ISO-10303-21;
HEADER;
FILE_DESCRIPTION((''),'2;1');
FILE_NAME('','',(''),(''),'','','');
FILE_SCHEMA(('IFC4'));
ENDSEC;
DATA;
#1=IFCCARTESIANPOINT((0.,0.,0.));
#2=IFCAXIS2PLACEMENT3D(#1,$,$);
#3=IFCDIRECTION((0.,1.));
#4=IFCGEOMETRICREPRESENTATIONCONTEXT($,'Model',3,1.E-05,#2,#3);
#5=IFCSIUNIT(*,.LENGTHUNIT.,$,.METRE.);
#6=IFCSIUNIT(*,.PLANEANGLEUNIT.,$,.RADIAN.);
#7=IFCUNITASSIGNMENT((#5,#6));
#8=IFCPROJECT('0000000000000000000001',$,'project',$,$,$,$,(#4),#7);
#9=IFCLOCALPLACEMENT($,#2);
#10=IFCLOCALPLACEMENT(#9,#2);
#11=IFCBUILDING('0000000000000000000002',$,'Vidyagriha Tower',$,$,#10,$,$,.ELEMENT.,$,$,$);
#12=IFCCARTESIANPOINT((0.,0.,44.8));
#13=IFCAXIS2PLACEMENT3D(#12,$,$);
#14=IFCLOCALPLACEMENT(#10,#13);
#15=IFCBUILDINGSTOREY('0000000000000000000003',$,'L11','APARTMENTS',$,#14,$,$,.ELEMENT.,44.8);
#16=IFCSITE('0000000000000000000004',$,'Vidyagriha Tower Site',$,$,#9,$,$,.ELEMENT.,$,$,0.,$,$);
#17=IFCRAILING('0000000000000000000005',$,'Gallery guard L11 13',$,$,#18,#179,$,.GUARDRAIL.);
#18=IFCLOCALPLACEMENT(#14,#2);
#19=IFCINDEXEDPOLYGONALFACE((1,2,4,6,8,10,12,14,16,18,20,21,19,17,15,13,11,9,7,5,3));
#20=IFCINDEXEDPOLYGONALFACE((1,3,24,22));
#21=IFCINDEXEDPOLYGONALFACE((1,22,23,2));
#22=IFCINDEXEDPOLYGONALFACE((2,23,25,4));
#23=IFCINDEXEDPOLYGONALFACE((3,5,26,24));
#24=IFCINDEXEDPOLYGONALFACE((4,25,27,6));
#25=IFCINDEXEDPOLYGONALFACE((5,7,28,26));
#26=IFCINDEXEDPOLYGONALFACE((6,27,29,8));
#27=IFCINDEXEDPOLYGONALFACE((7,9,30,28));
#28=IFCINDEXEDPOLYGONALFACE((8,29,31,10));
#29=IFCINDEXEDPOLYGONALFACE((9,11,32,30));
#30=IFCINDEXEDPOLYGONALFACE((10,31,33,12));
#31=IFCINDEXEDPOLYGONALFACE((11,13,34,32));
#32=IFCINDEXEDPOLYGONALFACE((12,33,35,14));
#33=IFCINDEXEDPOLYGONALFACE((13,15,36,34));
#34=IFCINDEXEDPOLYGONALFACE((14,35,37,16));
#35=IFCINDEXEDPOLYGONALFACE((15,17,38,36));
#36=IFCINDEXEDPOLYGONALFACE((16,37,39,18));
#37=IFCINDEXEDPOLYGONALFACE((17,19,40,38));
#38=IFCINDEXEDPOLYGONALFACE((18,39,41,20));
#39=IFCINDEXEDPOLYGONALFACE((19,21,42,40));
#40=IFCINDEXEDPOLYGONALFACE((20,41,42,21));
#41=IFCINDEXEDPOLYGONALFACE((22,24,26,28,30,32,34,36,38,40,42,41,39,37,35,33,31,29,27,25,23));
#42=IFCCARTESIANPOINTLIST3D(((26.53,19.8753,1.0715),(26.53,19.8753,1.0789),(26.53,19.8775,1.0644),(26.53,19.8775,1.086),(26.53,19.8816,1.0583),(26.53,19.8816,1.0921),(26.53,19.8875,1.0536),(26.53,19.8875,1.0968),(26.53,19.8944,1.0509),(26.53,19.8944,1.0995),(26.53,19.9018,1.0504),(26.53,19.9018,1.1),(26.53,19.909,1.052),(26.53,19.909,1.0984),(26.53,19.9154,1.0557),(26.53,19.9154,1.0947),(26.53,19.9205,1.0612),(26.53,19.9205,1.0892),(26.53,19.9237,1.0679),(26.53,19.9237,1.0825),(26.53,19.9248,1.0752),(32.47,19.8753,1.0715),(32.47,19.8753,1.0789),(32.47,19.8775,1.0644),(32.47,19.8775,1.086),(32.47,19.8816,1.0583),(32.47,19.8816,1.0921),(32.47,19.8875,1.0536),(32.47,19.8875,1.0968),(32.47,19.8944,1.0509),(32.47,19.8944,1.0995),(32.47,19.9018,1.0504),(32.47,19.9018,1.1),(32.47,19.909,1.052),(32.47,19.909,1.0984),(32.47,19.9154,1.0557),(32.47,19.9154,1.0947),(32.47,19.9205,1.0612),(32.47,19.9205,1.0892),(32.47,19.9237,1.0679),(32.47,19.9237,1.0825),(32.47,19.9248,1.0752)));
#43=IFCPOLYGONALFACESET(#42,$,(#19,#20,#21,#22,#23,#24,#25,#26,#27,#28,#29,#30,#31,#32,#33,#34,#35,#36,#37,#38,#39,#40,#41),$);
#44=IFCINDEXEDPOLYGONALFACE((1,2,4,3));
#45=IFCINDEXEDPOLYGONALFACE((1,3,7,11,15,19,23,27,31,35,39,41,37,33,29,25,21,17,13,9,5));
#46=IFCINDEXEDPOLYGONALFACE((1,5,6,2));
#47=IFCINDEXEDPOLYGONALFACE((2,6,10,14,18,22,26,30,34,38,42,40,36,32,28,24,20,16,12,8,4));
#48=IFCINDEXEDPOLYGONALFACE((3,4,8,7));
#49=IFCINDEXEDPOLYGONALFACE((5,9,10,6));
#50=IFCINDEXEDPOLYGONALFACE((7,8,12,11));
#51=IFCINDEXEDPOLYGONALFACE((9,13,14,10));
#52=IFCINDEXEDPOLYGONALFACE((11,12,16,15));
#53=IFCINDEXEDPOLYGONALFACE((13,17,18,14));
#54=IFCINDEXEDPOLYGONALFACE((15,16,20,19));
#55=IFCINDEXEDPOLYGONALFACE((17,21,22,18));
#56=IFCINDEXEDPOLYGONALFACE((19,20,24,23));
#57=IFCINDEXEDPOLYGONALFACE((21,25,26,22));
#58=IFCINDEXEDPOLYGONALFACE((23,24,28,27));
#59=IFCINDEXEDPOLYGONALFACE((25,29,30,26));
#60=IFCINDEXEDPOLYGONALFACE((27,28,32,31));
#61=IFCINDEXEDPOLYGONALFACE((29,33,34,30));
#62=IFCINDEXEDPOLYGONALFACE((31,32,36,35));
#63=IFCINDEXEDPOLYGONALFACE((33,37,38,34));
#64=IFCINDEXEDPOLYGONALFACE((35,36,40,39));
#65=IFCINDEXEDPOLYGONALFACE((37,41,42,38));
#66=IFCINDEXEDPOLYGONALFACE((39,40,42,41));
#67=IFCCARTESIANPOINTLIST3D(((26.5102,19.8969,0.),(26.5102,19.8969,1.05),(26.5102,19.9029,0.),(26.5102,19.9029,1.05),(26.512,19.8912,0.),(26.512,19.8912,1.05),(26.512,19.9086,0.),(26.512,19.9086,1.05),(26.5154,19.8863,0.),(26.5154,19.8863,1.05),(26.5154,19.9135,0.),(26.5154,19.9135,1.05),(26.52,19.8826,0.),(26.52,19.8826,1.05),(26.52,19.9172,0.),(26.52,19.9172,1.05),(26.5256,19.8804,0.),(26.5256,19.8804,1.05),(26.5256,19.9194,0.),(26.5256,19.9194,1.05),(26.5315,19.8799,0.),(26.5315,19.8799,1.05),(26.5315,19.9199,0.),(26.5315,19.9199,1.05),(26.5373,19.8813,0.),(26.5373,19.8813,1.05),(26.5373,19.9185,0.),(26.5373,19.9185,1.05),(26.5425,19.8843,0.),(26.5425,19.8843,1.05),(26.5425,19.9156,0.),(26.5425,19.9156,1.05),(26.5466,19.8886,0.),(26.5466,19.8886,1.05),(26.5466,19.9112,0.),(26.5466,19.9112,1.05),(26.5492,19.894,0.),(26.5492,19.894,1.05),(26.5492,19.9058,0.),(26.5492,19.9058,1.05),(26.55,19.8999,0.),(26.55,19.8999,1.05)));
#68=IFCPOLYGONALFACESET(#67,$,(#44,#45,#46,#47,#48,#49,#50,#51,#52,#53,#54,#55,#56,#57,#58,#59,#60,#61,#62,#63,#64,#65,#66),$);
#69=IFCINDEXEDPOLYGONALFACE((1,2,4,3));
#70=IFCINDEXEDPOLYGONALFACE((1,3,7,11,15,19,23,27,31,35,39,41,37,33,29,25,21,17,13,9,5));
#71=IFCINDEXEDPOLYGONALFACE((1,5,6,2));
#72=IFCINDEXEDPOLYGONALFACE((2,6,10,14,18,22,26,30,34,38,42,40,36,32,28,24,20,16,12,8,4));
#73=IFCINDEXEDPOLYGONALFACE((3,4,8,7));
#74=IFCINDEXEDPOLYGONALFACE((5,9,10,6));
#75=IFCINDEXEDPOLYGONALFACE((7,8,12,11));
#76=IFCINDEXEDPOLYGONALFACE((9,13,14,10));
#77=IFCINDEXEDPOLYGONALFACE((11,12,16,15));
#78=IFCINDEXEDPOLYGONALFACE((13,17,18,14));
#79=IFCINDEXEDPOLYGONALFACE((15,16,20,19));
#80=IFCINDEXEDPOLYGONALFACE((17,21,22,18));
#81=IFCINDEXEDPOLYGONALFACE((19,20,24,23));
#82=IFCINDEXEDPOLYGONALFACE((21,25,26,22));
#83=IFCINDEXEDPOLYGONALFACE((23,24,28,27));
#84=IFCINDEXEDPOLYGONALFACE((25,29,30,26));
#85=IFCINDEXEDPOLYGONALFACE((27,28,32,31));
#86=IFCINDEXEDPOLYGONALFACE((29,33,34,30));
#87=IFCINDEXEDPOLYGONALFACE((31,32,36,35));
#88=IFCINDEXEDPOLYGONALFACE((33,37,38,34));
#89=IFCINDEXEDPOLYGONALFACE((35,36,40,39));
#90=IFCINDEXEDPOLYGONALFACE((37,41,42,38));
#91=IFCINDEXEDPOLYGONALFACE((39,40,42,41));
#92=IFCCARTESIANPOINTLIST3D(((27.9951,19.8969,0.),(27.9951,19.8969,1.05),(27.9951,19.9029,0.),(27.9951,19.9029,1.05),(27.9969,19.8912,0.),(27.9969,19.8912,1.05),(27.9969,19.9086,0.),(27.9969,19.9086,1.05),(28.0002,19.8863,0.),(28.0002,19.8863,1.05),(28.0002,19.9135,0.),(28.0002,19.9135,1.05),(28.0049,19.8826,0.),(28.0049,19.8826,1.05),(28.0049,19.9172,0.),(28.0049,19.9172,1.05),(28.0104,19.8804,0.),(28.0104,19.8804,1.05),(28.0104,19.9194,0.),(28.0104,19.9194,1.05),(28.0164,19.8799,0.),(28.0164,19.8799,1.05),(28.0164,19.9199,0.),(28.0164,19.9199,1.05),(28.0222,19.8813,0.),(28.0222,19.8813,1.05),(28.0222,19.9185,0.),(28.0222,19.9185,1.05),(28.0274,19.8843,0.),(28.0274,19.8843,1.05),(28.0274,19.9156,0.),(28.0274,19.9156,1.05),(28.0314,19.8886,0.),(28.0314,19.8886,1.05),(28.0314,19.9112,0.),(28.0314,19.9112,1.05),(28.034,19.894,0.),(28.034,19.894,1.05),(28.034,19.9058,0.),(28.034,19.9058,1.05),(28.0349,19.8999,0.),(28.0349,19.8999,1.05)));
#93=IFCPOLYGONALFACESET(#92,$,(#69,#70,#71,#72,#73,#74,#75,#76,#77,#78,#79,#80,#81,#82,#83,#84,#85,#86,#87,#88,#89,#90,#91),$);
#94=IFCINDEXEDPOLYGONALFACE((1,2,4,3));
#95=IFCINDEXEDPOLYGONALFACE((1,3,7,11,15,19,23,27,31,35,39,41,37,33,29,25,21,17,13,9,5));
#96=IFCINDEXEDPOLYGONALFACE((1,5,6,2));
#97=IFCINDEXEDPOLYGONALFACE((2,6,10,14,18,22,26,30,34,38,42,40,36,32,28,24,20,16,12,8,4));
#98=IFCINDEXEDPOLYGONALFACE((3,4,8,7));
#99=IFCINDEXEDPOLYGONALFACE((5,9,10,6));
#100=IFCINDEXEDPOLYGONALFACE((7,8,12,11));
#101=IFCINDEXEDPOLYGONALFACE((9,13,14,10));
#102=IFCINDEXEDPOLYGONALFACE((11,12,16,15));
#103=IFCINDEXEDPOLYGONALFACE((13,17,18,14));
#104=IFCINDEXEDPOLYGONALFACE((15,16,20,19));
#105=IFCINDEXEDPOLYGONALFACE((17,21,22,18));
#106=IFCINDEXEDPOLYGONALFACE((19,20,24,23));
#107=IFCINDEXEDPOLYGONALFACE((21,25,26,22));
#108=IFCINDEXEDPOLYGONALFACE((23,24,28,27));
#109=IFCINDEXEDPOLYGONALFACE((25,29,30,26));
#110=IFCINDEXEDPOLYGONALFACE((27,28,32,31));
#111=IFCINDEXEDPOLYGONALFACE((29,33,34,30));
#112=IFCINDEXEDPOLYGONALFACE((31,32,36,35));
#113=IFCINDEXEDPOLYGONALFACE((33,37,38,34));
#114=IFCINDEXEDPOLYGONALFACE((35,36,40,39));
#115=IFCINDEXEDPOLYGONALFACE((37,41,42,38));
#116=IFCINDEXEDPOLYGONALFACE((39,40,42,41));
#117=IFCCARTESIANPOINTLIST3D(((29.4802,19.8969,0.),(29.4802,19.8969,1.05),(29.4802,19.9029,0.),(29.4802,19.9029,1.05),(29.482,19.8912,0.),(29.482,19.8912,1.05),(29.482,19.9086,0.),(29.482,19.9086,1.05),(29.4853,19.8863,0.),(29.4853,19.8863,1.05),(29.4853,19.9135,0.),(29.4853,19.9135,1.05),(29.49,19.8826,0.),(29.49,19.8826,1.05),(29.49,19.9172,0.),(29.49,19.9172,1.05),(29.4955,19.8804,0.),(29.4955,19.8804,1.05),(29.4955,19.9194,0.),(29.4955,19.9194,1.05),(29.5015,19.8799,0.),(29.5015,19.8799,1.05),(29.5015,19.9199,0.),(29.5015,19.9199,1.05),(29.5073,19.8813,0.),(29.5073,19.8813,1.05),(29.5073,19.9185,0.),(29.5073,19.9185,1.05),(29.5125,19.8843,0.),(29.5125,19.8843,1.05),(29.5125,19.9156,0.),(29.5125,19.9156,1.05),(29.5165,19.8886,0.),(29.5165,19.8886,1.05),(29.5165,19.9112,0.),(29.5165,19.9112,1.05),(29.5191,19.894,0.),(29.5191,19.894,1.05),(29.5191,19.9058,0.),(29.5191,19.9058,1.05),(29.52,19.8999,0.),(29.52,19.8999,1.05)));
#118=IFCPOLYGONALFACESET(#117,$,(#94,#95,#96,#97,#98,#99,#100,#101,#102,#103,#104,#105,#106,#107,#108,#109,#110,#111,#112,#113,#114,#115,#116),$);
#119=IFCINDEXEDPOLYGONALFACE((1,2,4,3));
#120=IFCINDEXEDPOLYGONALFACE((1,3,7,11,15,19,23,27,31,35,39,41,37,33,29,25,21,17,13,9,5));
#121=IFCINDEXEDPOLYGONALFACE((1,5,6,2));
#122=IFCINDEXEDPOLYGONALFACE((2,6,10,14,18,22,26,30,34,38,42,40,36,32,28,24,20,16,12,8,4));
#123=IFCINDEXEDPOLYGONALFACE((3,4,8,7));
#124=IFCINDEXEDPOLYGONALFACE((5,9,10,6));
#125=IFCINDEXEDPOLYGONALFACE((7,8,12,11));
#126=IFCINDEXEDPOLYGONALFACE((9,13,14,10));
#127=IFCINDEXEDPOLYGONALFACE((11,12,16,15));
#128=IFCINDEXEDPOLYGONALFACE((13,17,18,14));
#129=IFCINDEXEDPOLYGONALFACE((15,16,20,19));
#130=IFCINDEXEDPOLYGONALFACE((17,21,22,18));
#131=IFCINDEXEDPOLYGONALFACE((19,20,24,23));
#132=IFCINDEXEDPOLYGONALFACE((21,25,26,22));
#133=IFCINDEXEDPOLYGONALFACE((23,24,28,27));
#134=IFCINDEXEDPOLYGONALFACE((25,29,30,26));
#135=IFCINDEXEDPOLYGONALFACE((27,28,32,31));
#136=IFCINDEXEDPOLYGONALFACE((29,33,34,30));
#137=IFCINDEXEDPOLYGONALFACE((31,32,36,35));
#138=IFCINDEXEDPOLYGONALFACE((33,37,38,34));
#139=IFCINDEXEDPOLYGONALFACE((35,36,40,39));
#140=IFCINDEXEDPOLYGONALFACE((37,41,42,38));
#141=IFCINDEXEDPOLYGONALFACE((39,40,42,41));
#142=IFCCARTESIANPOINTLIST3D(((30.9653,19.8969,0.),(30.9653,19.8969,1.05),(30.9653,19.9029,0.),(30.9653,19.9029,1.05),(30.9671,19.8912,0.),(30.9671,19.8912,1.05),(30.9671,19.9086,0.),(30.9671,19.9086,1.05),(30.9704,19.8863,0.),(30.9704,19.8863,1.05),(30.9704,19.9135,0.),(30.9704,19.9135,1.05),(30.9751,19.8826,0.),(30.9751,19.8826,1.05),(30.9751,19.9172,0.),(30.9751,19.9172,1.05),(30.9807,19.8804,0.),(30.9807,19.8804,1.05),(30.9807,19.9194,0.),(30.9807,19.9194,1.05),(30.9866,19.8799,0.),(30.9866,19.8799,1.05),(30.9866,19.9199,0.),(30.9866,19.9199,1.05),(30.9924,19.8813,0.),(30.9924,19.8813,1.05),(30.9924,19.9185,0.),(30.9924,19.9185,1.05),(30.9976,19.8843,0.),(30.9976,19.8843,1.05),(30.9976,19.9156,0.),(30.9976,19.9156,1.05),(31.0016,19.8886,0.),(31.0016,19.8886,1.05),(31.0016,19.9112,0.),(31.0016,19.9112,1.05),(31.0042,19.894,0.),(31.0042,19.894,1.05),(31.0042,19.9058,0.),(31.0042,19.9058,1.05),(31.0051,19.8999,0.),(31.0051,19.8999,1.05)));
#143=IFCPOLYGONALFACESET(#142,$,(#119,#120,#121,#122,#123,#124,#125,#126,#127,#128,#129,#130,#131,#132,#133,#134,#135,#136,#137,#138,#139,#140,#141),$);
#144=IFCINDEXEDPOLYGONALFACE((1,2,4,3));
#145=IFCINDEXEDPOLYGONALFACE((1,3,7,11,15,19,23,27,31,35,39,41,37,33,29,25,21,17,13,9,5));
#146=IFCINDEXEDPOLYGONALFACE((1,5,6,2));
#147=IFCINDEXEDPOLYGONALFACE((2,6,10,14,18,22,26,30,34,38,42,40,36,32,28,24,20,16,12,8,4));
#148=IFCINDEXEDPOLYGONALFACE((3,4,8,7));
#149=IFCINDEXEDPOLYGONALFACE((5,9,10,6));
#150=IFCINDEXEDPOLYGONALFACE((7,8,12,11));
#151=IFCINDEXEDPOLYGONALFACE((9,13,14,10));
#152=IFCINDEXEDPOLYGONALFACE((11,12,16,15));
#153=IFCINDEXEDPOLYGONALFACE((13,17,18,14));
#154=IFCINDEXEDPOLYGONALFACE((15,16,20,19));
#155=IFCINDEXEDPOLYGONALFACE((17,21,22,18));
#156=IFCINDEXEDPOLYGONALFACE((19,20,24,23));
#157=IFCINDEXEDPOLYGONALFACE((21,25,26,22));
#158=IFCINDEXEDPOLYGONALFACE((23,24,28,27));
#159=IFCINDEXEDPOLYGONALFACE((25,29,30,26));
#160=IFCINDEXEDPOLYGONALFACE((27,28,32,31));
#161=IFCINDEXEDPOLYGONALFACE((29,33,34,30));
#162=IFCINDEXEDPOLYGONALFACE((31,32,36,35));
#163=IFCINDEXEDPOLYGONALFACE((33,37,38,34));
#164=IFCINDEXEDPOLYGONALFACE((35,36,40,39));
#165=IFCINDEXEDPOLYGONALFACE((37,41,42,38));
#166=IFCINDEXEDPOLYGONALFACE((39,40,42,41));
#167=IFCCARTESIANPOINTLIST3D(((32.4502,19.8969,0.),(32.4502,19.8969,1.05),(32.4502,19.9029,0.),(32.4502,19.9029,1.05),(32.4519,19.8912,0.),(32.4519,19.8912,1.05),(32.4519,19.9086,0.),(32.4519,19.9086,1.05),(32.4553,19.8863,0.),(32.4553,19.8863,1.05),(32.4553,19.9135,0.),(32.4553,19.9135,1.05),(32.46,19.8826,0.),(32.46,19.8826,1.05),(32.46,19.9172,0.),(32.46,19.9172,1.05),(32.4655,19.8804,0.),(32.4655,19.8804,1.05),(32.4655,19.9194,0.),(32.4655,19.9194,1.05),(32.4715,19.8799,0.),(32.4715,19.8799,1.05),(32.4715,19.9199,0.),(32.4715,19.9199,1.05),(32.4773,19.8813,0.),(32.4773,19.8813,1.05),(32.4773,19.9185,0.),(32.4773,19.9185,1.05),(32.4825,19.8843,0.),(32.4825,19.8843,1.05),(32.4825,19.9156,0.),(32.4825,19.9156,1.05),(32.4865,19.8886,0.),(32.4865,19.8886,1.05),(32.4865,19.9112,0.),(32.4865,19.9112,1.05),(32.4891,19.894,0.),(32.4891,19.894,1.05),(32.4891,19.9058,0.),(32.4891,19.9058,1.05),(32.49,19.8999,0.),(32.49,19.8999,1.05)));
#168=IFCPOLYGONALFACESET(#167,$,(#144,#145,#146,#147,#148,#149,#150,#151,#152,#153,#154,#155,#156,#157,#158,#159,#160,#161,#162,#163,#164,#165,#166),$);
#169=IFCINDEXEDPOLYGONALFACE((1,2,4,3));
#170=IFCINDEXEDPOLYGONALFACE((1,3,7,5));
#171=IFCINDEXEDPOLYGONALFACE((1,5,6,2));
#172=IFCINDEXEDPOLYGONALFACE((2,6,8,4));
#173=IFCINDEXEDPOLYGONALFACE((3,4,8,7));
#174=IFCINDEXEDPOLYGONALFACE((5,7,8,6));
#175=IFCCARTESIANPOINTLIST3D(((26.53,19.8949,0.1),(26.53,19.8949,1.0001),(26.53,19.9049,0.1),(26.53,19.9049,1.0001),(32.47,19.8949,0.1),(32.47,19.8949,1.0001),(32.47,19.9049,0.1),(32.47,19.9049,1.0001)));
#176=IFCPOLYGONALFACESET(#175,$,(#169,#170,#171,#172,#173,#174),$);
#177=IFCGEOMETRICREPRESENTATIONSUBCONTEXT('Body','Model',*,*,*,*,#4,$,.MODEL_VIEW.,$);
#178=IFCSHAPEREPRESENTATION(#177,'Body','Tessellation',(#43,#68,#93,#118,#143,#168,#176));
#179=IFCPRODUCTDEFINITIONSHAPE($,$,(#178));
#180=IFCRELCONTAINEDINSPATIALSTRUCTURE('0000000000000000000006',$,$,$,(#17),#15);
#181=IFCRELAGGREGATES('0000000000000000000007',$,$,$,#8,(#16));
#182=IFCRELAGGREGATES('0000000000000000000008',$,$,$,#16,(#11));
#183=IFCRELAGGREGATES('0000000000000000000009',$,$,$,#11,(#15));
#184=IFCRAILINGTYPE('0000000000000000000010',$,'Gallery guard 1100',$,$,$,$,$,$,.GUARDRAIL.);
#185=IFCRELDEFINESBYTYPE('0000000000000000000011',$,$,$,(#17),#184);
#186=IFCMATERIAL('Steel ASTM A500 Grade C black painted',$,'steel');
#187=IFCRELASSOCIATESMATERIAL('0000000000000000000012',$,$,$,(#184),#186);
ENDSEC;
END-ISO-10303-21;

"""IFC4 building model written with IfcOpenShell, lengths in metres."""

from ifc_helpers import new_model, si_unit, direction, frame, origin, origin_2d, place, context, subcontext, project, spatial, rectangle, circle, extrude, material, type_object, element, save


model = new_model("IFC4")

# Units and contexts
model_context = context("Model", 3, precision=1e-05, world=origin(), true_north=direction((0.0, 1.0)))
body_context = subcontext(model_context, "Body", "Model", "MODEL_VIEW")
ifc_project = project(units=[si_unit("LENGTHUNIT", "METRE"), si_unit("PLANEANGLEUNIT", "RADIAN")], contexts=[model_context])

# Site, building, storey
site_placement = place(None, origin())
site = spatial("IfcSite", under=ifc_project, at=site_placement, Name="Vidyagriha Tower Site", CompositionType="ELEMENT", RefElevation=0.0)
building_placement = place(site_placement, origin())
building = spatial("IfcBuilding", under=site, at=building_placement, Name="Vidyagriha Tower", CompositionType="ELEMENT")
storey_placement = place(building_placement, frame((0.0, 0.0, 44.8)))
storey = spatial("IfcBuildingStorey", under=building, at=storey_placement, Name="L11", Description="APARTMENTS", CompositionType="ELEMENT", Elevation=44.8)

# Railing
ifc_material_1 = material(Name="Steel ASTM A500 Grade C black painted", Category="steel")
railing_type = type_object("IfcRailingType", Name="Gallery guard 1100", PredefinedType="GUARDRAIL", material=ifc_material_1)
railing_1_placement = place(storey_placement, frame((26.53, 19.8999, 0.0)))
element("IfcRailing", 1, at=railing_1_placement, inside=storey, type_object=railing_type, Name="Gallery guard L11 13", PredefinedType="GUARDRAIL", context=body_context, shape_type="SweptSolid", body=[
    extrude(circle(Radius=0.0249, at=origin_2d()), frame((0.0, 0.0, 1.0752), z_axis=(1.0, 0.0, 0.0), x_axis=(0.0, 1.0, 0.0)), (0.0, 0.0, 1.0), 5.9399),
    extrude(circle(Radius=0.02, at=origin_2d()), origin(), (0.0, 0.0, 1.0), 1.05),
    extrude(circle(Radius=0.02, at=origin_2d()), frame((1.4849, 0.0, 0.0)), (0.0, 0.0, 1.0), 1.05),
    extrude(circle(Radius=0.02, at=origin_2d()), frame((2.97, 0.0, 0.0)), (0.0, 0.0, 1.0), 1.05),
    extrude(circle(Radius=0.02, at=origin_2d()), frame((4.4551, 0.0, 0.0)), (0.0, 0.0, 1.0), 1.05),
    extrude(circle(Radius=0.02, at=origin_2d()), frame((5.9399, 0.0, 0.0)), (0.0, 0.0, 1.0), 1.05),
    extrude(rectangle(XDim=0.01, YDim=0.9001, at=origin_2d()), frame((0.0, 0.0, 0.55), z_axis=(1.0, 0.0, 0.0), x_axis=(0.0, 1.0, 0.0)), (0.0, 0.0, 1.0), 5.9399),
])

save(model, "model.ifc")
